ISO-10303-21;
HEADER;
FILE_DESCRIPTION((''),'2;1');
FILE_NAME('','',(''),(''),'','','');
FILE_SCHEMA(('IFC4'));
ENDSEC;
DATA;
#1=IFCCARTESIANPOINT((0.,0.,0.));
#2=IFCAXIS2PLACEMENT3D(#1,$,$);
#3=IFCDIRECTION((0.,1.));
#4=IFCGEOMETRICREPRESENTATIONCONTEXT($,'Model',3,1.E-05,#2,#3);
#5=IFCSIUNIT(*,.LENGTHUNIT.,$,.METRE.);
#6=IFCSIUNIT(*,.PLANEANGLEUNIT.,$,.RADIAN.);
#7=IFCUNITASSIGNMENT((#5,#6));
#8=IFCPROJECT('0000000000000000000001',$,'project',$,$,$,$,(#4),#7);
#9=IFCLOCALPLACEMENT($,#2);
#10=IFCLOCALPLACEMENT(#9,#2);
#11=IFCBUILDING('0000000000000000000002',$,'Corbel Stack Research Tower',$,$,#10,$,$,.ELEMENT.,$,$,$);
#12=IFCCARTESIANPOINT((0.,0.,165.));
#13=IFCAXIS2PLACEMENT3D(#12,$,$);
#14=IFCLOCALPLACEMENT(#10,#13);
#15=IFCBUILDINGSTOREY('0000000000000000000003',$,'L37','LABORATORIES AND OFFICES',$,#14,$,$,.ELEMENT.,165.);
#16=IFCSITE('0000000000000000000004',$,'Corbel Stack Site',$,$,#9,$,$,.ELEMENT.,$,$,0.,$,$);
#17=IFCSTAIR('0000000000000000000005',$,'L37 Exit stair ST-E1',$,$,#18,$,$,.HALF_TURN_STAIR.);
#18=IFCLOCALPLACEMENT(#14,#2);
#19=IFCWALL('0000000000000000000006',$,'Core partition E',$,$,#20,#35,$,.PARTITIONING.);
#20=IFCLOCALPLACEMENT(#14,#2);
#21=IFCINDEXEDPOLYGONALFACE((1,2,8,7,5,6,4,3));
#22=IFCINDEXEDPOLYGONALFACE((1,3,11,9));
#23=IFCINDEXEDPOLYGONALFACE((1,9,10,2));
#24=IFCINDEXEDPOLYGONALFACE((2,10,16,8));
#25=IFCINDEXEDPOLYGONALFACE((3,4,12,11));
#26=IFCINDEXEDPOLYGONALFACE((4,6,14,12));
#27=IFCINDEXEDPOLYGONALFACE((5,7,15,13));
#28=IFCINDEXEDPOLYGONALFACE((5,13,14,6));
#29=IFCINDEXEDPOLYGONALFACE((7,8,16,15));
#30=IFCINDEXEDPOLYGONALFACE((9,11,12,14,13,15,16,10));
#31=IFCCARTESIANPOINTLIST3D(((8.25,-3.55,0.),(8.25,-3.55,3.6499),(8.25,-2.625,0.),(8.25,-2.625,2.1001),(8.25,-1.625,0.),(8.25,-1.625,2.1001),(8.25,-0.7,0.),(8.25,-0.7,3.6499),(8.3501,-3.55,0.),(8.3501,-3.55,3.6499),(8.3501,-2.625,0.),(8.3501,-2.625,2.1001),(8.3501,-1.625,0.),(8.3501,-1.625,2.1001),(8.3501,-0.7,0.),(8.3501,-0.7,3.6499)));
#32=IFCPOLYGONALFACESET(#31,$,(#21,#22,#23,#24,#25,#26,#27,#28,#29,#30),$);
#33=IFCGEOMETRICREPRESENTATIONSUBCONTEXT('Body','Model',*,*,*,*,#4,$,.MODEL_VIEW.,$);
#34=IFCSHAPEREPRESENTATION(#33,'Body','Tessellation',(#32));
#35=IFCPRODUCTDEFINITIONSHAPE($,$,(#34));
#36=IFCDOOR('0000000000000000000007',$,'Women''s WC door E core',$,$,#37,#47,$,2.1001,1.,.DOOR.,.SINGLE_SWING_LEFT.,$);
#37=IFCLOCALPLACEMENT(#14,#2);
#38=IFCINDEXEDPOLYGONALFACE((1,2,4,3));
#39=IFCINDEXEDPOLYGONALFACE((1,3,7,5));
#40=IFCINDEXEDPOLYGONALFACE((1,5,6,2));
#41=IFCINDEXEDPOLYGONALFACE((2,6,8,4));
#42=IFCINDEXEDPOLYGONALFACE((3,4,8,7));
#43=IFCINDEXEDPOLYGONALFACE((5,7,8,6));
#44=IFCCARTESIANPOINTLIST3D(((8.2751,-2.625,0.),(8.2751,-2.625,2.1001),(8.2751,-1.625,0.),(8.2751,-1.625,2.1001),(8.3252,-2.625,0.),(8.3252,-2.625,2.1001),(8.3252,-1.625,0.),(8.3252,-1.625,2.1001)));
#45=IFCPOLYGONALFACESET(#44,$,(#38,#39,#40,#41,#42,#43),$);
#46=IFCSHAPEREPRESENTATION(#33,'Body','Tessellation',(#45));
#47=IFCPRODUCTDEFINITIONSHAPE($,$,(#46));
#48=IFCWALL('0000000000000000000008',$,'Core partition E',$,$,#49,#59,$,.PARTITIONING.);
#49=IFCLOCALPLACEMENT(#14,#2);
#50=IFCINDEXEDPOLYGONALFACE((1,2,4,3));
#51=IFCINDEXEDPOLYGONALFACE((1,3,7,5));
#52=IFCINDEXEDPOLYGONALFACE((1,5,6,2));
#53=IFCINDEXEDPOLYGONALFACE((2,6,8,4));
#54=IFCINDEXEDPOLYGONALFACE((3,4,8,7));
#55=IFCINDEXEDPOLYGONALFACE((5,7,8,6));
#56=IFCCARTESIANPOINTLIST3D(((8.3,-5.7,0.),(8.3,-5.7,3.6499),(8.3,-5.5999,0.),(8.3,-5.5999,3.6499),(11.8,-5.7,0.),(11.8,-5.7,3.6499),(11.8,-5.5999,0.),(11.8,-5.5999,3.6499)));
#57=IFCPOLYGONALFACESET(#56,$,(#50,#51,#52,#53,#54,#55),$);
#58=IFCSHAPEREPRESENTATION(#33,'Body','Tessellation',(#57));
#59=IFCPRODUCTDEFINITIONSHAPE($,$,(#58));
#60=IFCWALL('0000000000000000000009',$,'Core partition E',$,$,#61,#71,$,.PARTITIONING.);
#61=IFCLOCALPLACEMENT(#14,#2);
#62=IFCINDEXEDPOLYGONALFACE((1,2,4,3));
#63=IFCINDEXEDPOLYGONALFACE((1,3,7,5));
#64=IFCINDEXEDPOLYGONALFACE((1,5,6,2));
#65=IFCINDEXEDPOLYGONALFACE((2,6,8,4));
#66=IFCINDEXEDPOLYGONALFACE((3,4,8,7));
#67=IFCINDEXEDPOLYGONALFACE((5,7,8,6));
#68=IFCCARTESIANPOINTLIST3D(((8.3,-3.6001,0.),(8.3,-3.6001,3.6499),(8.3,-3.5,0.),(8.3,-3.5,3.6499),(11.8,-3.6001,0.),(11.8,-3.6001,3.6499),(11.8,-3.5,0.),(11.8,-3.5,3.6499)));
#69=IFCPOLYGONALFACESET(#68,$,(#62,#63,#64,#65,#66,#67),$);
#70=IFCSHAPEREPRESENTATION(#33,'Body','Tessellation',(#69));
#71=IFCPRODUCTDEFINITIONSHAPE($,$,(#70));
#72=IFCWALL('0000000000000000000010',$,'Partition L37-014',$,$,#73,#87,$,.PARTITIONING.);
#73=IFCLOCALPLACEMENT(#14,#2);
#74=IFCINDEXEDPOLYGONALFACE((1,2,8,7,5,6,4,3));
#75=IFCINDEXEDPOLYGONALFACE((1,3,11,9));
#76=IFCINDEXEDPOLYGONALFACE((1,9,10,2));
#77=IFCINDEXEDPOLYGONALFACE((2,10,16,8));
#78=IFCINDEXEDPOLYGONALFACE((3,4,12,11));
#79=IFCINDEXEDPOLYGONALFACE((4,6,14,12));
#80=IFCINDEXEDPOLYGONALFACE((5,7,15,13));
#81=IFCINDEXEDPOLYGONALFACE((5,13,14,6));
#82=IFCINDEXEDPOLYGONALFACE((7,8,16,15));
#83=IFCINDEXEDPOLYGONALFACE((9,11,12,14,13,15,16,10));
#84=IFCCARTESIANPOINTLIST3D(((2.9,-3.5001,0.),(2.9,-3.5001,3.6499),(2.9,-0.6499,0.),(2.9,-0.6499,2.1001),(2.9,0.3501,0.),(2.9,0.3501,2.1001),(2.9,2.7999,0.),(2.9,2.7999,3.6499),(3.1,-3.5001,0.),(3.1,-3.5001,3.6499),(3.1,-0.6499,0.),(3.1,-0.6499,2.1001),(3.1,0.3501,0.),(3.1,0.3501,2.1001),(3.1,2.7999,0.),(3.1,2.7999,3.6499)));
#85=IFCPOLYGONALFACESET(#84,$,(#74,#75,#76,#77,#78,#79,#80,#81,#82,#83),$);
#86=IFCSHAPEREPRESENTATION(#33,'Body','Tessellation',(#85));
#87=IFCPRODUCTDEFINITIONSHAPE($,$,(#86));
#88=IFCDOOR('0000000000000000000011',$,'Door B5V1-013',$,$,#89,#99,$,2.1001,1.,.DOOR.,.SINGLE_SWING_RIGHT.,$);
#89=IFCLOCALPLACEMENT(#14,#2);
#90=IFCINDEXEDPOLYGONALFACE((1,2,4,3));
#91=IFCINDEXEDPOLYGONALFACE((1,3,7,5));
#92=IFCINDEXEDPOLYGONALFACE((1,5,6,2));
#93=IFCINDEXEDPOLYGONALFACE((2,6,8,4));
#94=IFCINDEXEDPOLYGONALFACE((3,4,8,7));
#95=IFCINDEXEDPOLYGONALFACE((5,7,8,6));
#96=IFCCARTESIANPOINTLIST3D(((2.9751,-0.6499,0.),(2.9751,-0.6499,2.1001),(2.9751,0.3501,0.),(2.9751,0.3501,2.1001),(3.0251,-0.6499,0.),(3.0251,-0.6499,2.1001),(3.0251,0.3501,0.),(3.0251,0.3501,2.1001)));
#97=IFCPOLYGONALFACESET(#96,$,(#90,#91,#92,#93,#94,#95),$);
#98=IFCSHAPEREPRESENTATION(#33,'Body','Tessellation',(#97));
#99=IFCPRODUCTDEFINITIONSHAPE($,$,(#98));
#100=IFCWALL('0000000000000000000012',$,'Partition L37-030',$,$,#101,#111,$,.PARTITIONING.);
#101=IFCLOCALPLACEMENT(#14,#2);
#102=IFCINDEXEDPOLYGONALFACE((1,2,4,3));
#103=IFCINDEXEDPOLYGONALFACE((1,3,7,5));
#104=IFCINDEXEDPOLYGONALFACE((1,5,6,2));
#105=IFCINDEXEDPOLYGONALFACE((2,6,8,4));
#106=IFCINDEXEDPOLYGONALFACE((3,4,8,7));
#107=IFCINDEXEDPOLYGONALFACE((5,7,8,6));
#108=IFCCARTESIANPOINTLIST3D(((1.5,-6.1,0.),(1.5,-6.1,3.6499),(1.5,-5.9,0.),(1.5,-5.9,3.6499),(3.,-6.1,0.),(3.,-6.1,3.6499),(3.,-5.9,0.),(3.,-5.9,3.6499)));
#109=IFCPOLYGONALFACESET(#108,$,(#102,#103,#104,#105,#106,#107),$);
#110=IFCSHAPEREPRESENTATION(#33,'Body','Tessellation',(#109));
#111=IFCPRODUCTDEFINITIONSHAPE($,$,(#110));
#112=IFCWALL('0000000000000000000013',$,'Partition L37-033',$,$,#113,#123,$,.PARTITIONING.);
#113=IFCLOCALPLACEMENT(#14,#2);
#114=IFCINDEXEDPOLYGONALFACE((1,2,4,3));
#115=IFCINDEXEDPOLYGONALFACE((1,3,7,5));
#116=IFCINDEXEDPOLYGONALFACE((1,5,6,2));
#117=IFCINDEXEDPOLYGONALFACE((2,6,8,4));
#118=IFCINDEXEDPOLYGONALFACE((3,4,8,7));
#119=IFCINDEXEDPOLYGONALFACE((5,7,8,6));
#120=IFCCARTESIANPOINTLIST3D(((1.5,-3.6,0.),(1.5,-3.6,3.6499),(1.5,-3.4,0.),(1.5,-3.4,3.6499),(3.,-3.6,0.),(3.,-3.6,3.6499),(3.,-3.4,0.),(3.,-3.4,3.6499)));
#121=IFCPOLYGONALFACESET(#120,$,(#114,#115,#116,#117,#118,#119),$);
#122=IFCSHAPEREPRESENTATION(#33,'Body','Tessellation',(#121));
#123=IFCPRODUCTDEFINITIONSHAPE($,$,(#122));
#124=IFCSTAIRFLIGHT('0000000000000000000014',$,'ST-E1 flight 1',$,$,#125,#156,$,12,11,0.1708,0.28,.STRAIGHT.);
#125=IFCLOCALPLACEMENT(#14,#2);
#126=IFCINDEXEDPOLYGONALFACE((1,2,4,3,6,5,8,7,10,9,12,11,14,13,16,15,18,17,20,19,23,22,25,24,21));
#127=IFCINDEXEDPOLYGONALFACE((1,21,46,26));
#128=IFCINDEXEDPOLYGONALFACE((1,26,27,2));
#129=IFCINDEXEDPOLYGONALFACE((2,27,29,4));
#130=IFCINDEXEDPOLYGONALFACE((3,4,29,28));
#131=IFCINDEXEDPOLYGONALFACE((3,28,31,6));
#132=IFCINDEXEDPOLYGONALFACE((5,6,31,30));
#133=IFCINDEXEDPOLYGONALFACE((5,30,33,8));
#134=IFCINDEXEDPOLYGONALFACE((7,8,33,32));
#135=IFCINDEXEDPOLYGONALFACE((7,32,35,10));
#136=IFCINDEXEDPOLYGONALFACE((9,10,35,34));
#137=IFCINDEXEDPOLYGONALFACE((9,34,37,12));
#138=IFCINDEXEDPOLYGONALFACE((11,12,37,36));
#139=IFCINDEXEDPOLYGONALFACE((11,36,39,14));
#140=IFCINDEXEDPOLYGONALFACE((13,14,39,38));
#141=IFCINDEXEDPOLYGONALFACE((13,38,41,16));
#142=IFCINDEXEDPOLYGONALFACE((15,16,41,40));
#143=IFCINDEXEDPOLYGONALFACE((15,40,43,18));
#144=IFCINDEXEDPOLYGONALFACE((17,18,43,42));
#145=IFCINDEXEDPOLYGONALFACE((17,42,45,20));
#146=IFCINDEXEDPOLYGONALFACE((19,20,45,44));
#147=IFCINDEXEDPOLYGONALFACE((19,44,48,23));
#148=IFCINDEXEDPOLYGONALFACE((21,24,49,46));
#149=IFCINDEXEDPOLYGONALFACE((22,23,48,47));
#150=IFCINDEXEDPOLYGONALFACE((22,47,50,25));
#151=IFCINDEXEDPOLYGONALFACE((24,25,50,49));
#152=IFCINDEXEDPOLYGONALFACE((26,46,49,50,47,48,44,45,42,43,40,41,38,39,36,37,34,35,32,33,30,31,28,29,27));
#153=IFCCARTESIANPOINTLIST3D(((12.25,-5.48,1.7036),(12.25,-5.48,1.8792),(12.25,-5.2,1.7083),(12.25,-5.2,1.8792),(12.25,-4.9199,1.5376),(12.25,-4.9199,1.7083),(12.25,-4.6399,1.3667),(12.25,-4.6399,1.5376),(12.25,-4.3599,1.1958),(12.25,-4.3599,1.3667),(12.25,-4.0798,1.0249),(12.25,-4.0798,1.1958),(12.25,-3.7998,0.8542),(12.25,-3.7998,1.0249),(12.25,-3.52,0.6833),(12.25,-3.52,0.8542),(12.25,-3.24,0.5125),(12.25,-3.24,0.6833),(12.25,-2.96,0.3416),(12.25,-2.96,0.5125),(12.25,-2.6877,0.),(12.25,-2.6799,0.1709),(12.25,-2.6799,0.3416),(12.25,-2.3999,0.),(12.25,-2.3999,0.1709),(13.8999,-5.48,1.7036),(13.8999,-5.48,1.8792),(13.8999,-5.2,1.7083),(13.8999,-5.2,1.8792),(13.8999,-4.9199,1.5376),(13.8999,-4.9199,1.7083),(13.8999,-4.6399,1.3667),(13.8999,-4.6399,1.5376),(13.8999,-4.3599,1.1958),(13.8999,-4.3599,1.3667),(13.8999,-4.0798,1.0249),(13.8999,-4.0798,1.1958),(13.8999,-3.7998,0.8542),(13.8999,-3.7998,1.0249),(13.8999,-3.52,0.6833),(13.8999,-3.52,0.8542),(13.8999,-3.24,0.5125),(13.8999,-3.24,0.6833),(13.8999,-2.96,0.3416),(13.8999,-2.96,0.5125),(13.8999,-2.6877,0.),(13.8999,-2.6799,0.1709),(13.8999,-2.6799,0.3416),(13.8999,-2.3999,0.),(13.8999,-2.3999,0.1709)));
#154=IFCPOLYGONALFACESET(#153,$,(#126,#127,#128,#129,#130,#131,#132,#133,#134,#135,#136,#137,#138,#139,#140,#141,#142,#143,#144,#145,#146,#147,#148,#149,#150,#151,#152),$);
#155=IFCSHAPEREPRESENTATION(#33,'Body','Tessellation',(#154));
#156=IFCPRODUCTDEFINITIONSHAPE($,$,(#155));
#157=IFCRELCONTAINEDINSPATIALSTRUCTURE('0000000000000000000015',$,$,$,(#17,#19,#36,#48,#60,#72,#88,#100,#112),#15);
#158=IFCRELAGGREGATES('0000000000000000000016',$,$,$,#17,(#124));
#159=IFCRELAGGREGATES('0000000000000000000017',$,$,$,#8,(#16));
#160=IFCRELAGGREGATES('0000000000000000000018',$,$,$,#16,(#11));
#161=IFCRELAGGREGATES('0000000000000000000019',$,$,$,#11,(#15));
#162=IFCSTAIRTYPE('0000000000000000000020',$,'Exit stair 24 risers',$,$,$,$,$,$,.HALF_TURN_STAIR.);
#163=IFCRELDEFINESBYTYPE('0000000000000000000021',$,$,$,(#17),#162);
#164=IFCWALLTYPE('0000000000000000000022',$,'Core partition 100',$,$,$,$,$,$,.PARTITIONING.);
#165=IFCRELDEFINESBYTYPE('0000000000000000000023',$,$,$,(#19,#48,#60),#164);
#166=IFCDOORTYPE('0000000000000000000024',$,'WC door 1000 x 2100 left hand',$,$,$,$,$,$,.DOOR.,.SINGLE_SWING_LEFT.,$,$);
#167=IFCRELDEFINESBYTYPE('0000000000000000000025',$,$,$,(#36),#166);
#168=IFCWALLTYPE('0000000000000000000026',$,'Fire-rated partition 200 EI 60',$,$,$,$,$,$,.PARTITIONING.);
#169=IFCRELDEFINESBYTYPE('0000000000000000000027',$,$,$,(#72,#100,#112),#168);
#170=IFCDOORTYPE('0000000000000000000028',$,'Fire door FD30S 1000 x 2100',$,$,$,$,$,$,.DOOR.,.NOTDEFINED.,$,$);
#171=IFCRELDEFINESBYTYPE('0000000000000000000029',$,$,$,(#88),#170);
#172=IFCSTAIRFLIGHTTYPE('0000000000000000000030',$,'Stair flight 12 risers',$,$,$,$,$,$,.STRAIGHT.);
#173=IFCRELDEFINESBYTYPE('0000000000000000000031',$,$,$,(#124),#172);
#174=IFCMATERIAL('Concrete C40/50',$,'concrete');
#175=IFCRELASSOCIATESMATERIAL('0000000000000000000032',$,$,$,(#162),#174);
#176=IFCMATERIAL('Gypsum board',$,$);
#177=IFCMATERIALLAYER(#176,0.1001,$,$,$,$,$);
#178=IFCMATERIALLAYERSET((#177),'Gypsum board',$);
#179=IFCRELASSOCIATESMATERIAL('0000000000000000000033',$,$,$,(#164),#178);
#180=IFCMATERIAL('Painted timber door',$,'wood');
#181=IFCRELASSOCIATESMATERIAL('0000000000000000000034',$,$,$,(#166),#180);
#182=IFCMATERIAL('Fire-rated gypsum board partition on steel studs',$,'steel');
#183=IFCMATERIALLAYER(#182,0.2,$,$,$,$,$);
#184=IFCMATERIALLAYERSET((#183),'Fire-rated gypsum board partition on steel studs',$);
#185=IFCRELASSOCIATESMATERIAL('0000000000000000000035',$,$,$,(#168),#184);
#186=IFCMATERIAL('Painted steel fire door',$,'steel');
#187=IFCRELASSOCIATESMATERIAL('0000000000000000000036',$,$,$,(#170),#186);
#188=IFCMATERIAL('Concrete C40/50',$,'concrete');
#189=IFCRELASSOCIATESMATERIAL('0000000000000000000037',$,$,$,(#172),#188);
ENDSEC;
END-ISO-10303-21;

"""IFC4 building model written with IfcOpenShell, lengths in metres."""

from ifc_helpers import new_model, si_unit, direction, frame, frame_2d, origin, place, context, subcontext, project, spatial, polyline, rectangle, outline, extrude, material, layer, layer_set, type_object, element, fill, aggregate, save


model = new_model("IFC4")

# Units and contexts
model_context = context("Model", 3, precision=1e-05, world=origin(), true_north=direction((0.0, 1.0)))
body_context = subcontext(model_context, "Body", "Model", "MODEL_VIEW")
ifc_project = project(units=[si_unit("LENGTHUNIT", "METRE"), si_unit("PLANEANGLEUNIT", "RADIAN")], contexts=[model_context])

# Site, building, storey
site_placement = place(None, origin())
site = spatial("IfcSite", under=ifc_project, at=site_placement, Name="Corbel Stack Site", CompositionType="ELEMENT", RefElevation=0.0)
building_placement = place(site_placement, origin())
building = spatial("IfcBuilding", under=site, at=building_placement, Name="Corbel Stack Research Tower", CompositionType="ELEMENT")
storey_placement = place(building_placement, frame((0.0, 0.0, 165.0)))
storey = spatial("IfcBuildingStorey", under=building, at=storey_placement, Name="L37", Description="LABORATORIES AND OFFICES", CompositionType="ELEMENT", Elevation=165.0)

# Stair
ifc_material_1 = material(Name="Concrete C40/50", Category="concrete")
stair_type = type_object("IfcStairType", Name="Exit stair 24 risers", PredefinedType="HALF_TURN_STAIR", material=ifc_material_1)
stair_1_placement = place(storey_placement, origin())
stair_1 = element("IfcStair", 1, at=stair_1_placement, inside=storey, type_object=stair_type, Name="L37 Exit stair ST-E1", PredefinedType="HALF_TURN_STAIR")

# Wall, opening, door
ifc_material_2 = material(Name="Gypsum board")
ifc_layer_1 = layer(ifc_material_2, 0.1001)
ifc_layer_set_1 = layer_set([ifc_layer_1], Name="Gypsum board")
wall_type_1 = type_object("IfcWallType", Name="Core partition 100", PredefinedType="PARTITIONING", material=ifc_layer_set_1)
wall_1_placement = place(storey_placement, frame((8.3, -3.55, 0.0), z_axis=(0.0, 0.0, 1.0), x_axis=(0.0, 1.0, 0.0)))
wall_1 = element("IfcWall", 2, at=wall_1_placement, inside=storey, type_object=wall_type_1, Name="Core partition E", PredefinedType="PARTITIONING", context=body_context, shape_type="SweptSolid", body=[
    extrude(rectangle(XDim=2.8501, YDim=0.1001, at=frame_2d((1.425, 0.0))), origin(), (0.0, 0.0, 1.0), 3.6499),
])
opening_1_placement = place(wall_1_placement, frame((0.925, 0.0, 0.0)))
opening_1 = element("IfcOpeningElement", 3, at=opening_1_placement, cuts=wall_1, PredefinedType="OPENING", context=body_context, shape_type="SweptSolid", body=[
    extrude(rectangle(XDim=1.0, YDim=2.1001, at=frame_2d((0.5, 1.05))), frame((0.0, 0.0601, 0.0), z_axis=(0.0, -1.0, 0.0), x_axis=(1.0, 0.0, 0.0)), (0.0, 0.0, 1.0), 0.1201),
])
ifc_material_3 = material(Name="Painted timber door", Category="wood")
door_type_1 = type_object("IfcDoorType", Name="WC door 1000 x 2100 left hand", OperationType="SINGLE_SWING_LEFT", PredefinedType="DOOR", material=ifc_material_3)
door_1_placement = place(opening_1_placement, origin())
door_1 = element("IfcDoor", 4, at=door_1_placement, inside=storey, type_object=door_type_1, Name="Women's WC door E core", OperationType="SINGLE_SWING_LEFT", OverallHeight=2.1001, OverallWidth=1.0, PredefinedType="DOOR", context=body_context, shape_type="SweptSolid", body=[
    extrude(rectangle(XDim=1.0, YDim=2.1001, at=frame_2d((0.5, 1.05))), frame((0.0, 0.0249, 0.0), z_axis=(0.0, -1.0, 0.0), x_axis=(1.0, 0.0, 0.0)), (0.0, 0.0, 1.0), 0.05),
])
fill(opening_1, door_1)

# Walls
for number, where, z_axis, x_axis, name in (
    (5, (8.3, -5.6499, 0.0), (0.0, 0.0, 1.0), (1.0, 0.0, 0.0), "Core partition E"),
    (6, (8.3, -3.55, 0.0), (0.0, 0.0, 1.0), (1.0, 0.0, 0.0), "Core partition E"),
):
    element("IfcWall", number, at=place(storey_placement, frame(where, z_axis=z_axis, x_axis=x_axis)), inside=storey, type_object=wall_type_1, Name=name, PredefinedType="PARTITIONING", context=body_context, shape_type="SweptSolid", body=[
        extrude(rectangle(XDim=3.5, YDim=0.1001, at=frame_2d((1.75, 0.0))), origin(), (0.0, 0.0, 1.0), 3.6499),
    ])

# Wall, opening, door
ifc_material_4 = material(Name="Fire-rated gypsum board partition on steel studs", Category="steel")
ifc_layer_2 = layer(ifc_material_4, 0.2)
ifc_layer_set_2 = layer_set([ifc_layer_2], Name="Fire-rated gypsum board partition on steel studs")
wall_type_2 = type_object("IfcWallType", Name="Fire-rated partition 200 EI 60", PredefinedType="PARTITIONING", material=ifc_layer_set_2)
wall_2_placement = place(storey_placement, frame((3.0, -3.5, 0.0), z_axis=(0.0, 0.0, 1.0), x_axis=(0.0, 1.0, 0.0)))
wall_2 = element("IfcWall", 7, at=wall_2_placement, inside=storey, type_object=wall_type_2, Name="Partition L37-014", PredefinedType="PARTITIONING", context=body_context, shape_type="SweptSolid", body=[
    extrude(rectangle(XDim=6.3, YDim=0.2, at=frame_2d((3.1499, 0.0))), origin(), (0.0, 0.0, 1.0), 3.6499),
])
opening_2_placement = place(wall_2_placement, frame((2.8501, 0.0, 0.0)))
opening_2 = element("IfcOpeningElement", 8, at=opening_2_placement, cuts=wall_2, PredefinedType="OPENING", context=body_context, shape_type="SweptSolid", body=[
    extrude(rectangle(XDim=1.0, YDim=2.1001, at=frame_2d((0.5, 1.05))), frame((0.0, 0.1099, 0.0), z_axis=(0.0, -1.0, 0.0), x_axis=(1.0, 0.0, 0.0)), (0.0, 0.0, 1.0), 0.22),
])
ifc_material_5 = material(Name="Painted steel fire door", Category="steel")
door_type_2 = type_object("IfcDoorType", Name="Fire door FD30S 1000 x 2100", OperationType="NOTDEFINED", PredefinedType="DOOR", material=ifc_material_5)
door_2_placement = place(opening_2_placement, origin())
door_2 = element("IfcDoor", 9, at=door_2_placement, inside=storey, type_object=door_type_2, Name="Door B5V1-013", OperationType="SINGLE_SWING_RIGHT", OverallHeight=2.1001, OverallWidth=1.0, PredefinedType="DOOR", context=body_context, shape_type="SweptSolid", body=[
    extrude(rectangle(XDim=1.0, YDim=2.1001, at=frame_2d((0.5, 1.05))), frame((0.0, 0.0249, 0.0), z_axis=(0.0, -1.0, 0.0), x_axis=(1.0, 0.0, 0.0)), (0.0, 0.0, 1.0), 0.05),
])
fill(opening_2, door_2)

# Walls
for number, where, z_axis, x_axis, name in (
    (10, (1.5, -6.0, 0.0), (0.0, 0.0, 1.0), (1.0, 0.0, 0.0), "Partition L37-030"),
    (11, (1.5, -3.5, 0.0), (0.0, 0.0, 1.0), (1.0, 0.0, 0.0), "Partition L37-033"),
):
    element("IfcWall", number, at=place(storey_placement, frame(where, z_axis=z_axis, x_axis=x_axis)), inside=storey, type_object=wall_type_2, Name=name, PredefinedType="PARTITIONING", context=body_context, shape_type="SweptSolid", body=[
        extrude(rectangle(XDim=1.5, YDim=0.2, at=frame_2d((0.75, 0.0))), origin(), (0.0, 0.0, 1.0), 3.6499),
    ])

# Stair flight
ifc_material_6 = material(Name="Concrete C40/50", Category="concrete")
stair_flight_type = type_object("IfcStairFlightType", Name="Stair flight 12 risers", PredefinedType="STRAIGHT", material=ifc_material_6)
stair_flight_placement = place(storey_placement, frame((13.075, -2.3999, 0.0), z_axis=(0.0, 0.0, 1.0), x_axis=(0.0, -1.0, 0.0)))
stair_flight = element("IfcStairFlight", 12, at=stair_flight_placement, type_object=stair_flight_type, Name="ST-E1 flight 1", NumberOfRisers=12, NumberOfTreads=11, PredefinedType="STRAIGHT", RiserHeight=0.1708, TreadLength=0.28, context=body_context, shape_type="SweptSolid", body=[
    extrude(outline(polyline([(0.0, 0.0), (0.0, 0.1709), (0.28, 0.1709), (0.28, 0.3416), (0.5601, 0.3416), (0.5601, 0.5125), (0.8401, 0.5125), (0.8401, 0.6833), (1.1201, 0.6833), (1.1201, 0.8542), (1.3999, 0.8542), (1.3999, 1.0249), (1.6799, 1.0249), (1.6799, 1.1958), (1.96, 1.1958), (1.96, 1.3667), (2.24, 1.3667), (2.24, 1.5376), (2.52, 1.5376), (2.52, 1.7083), (2.8, 1.7083), (2.8, 1.8792), (3.0801, 1.8792), (3.0801, 2.05), (3.0801, 1.7036), (0.2878, 0.0), (0.0, 0.0)])), frame((0.0, 0.825, 0.0), z_axis=(0.0, -1.0, 0.0), x_axis=(1.0, 0.0, 0.0)), (0.0, 0.0, 1.0), 1.6499),
])
aggregate(stair_1, [stair_flight])

save(model, "model.ifc")
